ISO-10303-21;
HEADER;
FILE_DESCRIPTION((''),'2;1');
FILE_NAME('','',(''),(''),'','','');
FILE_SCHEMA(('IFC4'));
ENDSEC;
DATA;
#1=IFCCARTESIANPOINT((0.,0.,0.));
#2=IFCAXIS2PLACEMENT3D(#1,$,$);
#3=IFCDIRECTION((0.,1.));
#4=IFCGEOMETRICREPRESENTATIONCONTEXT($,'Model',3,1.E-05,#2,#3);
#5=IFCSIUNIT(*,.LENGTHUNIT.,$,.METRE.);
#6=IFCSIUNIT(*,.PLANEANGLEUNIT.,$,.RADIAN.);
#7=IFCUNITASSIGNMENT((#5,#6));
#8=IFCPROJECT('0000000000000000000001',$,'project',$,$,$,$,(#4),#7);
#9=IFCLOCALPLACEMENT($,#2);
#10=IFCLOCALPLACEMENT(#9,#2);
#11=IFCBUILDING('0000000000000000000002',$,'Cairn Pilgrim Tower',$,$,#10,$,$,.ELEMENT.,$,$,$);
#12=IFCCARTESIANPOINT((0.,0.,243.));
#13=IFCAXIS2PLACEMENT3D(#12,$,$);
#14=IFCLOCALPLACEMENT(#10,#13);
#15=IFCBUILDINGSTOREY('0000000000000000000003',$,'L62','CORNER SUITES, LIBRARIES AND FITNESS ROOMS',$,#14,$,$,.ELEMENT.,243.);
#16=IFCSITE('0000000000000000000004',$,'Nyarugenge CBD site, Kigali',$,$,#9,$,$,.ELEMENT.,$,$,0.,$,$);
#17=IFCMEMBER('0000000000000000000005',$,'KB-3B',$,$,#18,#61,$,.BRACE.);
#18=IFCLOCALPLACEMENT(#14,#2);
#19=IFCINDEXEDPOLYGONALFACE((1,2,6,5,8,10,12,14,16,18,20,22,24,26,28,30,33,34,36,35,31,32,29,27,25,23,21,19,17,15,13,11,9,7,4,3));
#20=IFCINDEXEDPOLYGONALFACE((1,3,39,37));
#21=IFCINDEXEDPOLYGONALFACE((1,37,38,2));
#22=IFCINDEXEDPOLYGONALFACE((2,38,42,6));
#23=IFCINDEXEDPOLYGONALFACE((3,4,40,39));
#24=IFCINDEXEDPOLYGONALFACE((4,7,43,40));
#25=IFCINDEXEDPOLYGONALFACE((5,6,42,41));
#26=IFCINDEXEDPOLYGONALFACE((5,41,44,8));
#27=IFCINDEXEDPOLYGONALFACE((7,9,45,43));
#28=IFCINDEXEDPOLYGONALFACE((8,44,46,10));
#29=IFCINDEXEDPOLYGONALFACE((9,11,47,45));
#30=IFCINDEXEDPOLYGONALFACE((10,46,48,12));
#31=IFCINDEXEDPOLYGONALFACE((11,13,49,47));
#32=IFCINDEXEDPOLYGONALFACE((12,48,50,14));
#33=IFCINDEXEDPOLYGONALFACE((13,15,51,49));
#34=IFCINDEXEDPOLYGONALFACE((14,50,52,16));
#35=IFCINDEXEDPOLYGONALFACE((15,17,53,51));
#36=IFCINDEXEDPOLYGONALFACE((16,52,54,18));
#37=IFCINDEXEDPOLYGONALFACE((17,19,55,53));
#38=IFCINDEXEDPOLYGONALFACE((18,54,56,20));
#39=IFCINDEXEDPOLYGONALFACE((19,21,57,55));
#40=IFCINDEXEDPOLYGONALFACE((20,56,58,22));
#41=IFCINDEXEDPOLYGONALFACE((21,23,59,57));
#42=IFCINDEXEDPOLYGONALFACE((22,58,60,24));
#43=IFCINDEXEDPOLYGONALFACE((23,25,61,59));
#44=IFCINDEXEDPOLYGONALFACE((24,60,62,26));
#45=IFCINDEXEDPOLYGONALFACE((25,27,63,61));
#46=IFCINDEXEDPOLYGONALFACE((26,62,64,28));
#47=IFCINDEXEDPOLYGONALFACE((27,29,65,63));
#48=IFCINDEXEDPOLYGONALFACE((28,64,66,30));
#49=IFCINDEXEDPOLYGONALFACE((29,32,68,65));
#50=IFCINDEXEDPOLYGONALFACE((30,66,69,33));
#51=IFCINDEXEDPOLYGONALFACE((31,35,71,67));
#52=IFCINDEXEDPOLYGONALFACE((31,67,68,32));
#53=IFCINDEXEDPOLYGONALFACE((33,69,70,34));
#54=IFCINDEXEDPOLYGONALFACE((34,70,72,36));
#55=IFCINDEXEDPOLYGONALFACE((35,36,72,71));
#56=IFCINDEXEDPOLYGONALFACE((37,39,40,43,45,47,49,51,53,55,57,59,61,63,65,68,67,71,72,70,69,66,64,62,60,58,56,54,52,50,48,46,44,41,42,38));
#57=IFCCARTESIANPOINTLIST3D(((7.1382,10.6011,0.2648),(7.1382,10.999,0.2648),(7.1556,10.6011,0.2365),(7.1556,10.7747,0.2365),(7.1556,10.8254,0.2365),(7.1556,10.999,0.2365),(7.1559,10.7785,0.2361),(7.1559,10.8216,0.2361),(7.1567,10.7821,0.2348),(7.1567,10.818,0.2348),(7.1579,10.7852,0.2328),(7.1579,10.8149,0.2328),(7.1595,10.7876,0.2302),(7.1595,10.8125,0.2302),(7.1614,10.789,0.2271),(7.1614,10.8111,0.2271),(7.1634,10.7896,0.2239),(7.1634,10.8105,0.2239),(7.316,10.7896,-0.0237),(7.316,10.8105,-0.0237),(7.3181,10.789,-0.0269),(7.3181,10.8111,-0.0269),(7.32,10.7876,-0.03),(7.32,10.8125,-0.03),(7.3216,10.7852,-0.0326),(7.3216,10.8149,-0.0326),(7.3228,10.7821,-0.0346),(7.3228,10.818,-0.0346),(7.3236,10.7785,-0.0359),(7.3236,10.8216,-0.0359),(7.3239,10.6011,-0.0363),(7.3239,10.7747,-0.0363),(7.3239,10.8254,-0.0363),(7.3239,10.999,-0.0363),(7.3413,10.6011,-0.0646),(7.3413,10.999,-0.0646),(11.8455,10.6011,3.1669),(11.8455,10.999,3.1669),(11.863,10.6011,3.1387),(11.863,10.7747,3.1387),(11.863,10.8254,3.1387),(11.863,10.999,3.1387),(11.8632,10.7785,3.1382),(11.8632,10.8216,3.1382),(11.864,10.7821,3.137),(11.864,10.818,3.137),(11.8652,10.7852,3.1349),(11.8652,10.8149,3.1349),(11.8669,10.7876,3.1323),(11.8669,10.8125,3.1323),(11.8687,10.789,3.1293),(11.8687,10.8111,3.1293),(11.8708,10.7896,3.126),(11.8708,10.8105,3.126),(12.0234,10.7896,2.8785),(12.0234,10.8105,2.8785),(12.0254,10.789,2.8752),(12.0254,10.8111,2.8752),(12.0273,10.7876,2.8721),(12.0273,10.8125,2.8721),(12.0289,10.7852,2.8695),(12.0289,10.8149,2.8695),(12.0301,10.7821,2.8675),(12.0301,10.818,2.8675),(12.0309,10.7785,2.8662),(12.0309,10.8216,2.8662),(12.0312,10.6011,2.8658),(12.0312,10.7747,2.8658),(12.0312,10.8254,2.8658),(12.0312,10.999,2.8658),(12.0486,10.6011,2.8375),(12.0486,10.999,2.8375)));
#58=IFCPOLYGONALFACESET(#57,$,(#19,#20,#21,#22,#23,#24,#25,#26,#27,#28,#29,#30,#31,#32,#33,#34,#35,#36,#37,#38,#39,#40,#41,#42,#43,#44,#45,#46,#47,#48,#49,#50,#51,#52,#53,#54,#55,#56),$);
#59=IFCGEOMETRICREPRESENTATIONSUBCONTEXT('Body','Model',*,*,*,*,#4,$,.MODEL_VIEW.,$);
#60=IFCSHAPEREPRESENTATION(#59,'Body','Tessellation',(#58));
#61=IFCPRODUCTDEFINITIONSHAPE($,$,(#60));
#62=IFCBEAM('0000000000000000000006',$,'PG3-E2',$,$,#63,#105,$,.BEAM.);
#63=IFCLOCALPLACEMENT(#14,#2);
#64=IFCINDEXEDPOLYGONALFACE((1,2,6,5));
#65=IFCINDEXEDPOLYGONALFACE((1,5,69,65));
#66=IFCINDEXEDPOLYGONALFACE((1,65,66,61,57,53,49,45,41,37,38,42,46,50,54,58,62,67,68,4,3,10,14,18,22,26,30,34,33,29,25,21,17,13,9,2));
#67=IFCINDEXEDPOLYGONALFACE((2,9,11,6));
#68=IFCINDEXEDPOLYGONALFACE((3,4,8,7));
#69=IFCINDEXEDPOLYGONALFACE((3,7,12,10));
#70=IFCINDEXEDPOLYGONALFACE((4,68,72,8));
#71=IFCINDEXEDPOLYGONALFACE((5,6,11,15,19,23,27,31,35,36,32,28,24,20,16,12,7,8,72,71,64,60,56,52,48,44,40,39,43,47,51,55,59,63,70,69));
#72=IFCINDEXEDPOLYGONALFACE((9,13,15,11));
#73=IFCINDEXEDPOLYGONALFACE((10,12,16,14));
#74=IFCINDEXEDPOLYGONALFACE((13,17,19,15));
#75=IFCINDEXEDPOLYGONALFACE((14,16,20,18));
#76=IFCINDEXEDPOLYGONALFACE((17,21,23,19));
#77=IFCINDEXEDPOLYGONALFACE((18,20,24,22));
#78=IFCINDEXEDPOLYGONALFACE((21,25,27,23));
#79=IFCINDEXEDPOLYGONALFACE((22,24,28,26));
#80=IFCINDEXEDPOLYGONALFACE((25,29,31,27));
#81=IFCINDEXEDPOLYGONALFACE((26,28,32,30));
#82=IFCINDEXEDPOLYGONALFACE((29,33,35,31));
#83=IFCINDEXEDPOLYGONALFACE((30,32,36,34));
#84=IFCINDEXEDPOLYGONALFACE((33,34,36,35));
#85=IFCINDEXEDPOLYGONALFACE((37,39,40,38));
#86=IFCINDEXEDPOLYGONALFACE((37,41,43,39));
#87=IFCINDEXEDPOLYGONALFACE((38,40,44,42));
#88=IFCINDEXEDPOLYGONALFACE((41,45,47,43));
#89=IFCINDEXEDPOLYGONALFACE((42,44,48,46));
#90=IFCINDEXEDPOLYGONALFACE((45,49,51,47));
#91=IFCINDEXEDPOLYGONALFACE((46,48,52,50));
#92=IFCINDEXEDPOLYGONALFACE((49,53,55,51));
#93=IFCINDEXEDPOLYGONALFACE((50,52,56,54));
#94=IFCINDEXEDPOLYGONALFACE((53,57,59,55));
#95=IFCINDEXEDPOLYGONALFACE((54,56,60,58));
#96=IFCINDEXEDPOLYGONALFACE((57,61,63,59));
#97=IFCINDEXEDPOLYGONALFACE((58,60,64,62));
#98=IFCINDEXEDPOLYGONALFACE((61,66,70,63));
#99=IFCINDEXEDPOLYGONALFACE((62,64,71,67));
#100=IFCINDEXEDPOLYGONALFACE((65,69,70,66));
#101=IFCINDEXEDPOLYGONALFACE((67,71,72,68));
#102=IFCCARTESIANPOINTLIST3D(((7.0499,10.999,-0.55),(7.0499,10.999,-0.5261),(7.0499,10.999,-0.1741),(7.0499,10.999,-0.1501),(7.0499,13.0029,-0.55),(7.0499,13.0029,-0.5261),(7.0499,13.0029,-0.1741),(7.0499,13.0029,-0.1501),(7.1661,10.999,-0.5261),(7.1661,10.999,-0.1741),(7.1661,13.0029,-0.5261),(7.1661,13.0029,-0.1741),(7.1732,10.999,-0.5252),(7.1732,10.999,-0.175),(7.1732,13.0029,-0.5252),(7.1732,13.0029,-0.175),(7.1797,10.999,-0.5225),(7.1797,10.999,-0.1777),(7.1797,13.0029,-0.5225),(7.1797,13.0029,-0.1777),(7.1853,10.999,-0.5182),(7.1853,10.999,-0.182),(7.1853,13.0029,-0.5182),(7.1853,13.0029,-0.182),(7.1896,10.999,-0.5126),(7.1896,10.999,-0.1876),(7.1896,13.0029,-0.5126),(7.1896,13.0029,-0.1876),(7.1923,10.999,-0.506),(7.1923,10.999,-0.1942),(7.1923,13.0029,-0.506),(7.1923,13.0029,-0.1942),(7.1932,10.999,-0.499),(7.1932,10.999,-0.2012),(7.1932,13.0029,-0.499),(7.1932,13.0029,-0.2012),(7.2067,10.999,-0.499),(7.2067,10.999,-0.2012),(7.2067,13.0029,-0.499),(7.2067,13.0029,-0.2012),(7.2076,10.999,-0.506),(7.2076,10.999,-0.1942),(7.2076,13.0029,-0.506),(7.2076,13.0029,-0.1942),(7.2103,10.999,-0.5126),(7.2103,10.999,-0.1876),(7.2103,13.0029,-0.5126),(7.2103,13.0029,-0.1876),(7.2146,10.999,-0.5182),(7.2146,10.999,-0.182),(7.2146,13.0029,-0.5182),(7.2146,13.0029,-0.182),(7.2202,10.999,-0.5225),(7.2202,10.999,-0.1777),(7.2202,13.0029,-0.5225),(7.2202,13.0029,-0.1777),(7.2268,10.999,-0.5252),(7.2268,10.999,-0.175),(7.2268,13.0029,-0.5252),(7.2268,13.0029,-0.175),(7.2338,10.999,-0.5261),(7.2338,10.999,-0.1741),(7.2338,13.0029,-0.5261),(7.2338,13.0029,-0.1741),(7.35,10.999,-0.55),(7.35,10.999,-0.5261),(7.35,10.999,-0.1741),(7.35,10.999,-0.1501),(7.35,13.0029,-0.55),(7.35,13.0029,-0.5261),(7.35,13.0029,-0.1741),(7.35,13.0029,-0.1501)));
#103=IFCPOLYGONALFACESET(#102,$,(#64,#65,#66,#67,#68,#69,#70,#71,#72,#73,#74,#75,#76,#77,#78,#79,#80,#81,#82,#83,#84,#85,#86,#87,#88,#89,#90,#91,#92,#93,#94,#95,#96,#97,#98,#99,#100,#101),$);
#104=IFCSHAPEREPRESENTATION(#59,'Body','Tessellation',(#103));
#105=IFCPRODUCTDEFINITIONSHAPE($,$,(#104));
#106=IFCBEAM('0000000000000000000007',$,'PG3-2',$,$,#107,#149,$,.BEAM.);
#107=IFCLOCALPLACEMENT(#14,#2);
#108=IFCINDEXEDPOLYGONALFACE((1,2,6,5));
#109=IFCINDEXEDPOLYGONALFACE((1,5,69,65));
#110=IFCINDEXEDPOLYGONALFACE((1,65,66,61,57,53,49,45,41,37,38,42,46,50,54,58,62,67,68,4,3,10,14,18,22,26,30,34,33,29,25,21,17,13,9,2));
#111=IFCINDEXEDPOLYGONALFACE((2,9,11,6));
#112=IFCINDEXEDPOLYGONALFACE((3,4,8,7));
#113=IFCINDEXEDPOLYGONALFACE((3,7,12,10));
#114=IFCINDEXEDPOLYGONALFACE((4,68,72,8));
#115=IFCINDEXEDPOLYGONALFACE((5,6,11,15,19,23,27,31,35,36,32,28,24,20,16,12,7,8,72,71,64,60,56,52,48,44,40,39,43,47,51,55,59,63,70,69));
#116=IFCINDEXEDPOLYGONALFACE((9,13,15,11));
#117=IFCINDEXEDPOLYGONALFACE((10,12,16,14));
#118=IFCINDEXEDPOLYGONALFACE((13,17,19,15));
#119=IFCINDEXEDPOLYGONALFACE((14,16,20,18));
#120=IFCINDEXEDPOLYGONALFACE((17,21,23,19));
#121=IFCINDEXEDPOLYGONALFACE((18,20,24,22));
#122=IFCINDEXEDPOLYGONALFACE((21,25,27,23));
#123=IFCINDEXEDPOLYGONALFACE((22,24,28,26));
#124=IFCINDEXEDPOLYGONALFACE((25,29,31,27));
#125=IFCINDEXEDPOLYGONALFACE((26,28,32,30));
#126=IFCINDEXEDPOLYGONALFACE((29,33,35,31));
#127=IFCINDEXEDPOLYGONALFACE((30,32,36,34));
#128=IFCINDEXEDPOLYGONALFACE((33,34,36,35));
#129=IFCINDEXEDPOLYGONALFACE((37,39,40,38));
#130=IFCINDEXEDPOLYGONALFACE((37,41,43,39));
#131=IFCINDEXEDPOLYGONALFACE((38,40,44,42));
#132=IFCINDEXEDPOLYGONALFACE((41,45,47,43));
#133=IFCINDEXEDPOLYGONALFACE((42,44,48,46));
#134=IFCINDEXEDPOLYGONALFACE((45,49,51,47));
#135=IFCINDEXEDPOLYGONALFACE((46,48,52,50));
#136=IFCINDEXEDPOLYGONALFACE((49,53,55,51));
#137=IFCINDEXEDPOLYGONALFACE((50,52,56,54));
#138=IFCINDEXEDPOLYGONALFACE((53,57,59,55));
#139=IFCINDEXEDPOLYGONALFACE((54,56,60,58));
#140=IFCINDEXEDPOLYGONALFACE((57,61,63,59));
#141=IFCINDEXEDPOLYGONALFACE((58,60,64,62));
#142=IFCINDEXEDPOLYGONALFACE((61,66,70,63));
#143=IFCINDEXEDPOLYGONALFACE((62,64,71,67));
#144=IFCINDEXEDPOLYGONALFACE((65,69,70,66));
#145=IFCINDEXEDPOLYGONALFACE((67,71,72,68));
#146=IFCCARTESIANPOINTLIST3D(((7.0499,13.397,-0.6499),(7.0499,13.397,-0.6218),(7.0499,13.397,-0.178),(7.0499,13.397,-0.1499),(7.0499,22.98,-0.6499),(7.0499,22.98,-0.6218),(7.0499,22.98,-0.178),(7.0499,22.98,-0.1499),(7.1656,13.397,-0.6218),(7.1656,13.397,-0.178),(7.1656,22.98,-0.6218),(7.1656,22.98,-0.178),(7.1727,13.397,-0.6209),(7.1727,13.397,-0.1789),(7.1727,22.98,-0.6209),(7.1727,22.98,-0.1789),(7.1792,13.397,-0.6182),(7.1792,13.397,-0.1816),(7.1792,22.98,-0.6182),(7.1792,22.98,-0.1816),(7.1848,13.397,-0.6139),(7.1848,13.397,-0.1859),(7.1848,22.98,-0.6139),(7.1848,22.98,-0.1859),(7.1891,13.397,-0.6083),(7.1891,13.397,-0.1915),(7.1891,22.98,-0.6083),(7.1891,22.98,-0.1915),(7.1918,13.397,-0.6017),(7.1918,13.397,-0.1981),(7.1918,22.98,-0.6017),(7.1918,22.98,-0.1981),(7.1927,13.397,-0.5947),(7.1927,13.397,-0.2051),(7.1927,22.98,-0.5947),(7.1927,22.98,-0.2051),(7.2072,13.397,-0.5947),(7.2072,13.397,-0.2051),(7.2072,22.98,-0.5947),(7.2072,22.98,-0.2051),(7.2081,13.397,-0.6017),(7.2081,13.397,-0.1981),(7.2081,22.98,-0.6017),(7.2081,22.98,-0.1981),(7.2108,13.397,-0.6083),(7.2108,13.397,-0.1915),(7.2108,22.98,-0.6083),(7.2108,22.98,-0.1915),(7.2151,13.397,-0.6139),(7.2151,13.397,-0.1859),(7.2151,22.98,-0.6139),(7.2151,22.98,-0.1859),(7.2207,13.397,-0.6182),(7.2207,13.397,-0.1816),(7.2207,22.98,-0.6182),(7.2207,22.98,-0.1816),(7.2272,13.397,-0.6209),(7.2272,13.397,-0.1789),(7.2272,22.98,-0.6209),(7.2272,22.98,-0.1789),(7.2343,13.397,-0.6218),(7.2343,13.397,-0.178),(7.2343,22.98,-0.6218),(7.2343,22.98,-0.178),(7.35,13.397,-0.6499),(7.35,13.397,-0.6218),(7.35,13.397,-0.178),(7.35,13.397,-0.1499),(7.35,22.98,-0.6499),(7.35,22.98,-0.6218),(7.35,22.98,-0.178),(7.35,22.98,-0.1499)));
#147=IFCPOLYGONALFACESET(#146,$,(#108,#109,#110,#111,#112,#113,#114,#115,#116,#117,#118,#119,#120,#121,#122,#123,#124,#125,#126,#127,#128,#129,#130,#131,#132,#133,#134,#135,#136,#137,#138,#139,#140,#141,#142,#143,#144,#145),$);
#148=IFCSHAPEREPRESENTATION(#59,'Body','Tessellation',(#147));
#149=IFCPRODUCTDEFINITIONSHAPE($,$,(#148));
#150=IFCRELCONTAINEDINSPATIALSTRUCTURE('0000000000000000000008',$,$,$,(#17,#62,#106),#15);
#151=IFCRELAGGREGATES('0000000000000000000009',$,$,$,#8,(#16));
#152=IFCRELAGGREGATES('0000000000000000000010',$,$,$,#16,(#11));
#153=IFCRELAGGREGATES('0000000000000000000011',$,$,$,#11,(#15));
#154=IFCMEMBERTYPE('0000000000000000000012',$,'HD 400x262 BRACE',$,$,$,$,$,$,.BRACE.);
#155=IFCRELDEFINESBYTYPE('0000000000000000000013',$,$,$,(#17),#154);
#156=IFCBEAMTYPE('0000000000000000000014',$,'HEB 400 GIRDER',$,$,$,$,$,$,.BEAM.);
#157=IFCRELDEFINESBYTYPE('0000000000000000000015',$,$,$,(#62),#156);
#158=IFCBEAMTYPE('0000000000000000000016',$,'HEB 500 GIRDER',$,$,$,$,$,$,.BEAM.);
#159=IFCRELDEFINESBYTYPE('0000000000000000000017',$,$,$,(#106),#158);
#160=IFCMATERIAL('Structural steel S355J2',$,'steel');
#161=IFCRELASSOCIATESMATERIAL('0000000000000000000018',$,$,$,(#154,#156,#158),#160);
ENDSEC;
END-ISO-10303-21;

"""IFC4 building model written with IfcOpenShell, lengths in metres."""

from ifc_helpers import new_model, si_unit, direction, frame, origin, origin_2d, place, context, subcontext, project, spatial, i_section, extrude, material, material_profile, profile_set, type_object, element, save


model = new_model("IFC4")

# Units and contexts
model_context = context("Model", 3, precision=1e-05, world=origin(), true_north=direction((0.0, 1.0)))
body_context = subcontext(model_context, "Body", "Model", "MODEL_VIEW")
ifc_project = project(units=[si_unit("LENGTHUNIT", "METRE"), si_unit("PLANEANGLEUNIT", "RADIAN")], contexts=[model_context])

# Site, building, storey
site_placement = place(None, origin())
site = spatial("IfcSite", under=ifc_project, at=site_placement, Name="Nyarugenge CBD site, Kigali", CompositionType="ELEMENT", RefElevation=0.0)
building_placement = place(site_placement, origin())
building = spatial("IfcBuilding", under=site, at=building_placement, Name="Cairn Pilgrim Tower", CompositionType="ELEMENT")
storey_placement = place(building_placement, frame((0.0, 0.0, 243.0)))
storey = spatial("IfcBuildingStorey", under=building, at=storey_placement, Name="L62", Description="CORNER SUITES, LIBRARIES AND FITNESS ROOMS", CompositionType="ELEMENT", Elevation=243.0)

# Shared definitions
ifc_material_1 = material(Name="Structural steel S355J2", Category="steel")

# Member
ifc_material_profile_1 = material_profile(ifc_material_1, i_section(OverallWidth=0.3979, OverallDepth=0.387, WebThickness=0.021, FlangeThickness=0.0332, FilletRadius=0.0149, at=origin_2d()), Name="HD 400x262")
ifc_profile_set_1 = profile_set([ifc_material_profile_1], Name="Structural steel S355J2")
member_type_1 = type_object("IfcMemberType", Name="HD 400x262 BRACE", PredefinedType="BRACE", material=ifc_profile_set_1)
member_1_placement = place(storey_placement, frame((7.2397, 10.8, 0.1001), z_axis=(0.851229, 0.0, 0.524794), x_axis=(0.0, 1.0, 0.0)))
element("IfcMember", 1, at=member_1_placement, inside=storey, type_object=member_type_1, Name="KB-3B", PredefinedType="BRACE", context=body_context, shape_type="SweptSolid", body=[
    extrude(i_section(OverallWidth=0.3979, OverallDepth=0.387, WebThickness=0.021, FlangeThickness=0.0332, FilletRadius=0.0149, at=origin_2d()), origin(), (0.0, 0.0, 1.0), 5.53),
])

# Beams
ifc_material_profile_2 = material_profile(ifc_material_1, i_section(OverallWidth=0.3, OverallDepth=0.3999, WebThickness=0.0134, FlangeThickness=0.0239, FilletRadius=0.0271, at=origin_2d()), Name="HEB 400")
ifc_profile_set_2 = profile_set([ifc_material_profile_2], Name="Structural steel S355J2")
beam_type_1 = type_object("IfcBeamType", Name="HEB 400 GIRDER", PredefinedType="BEAM", material=ifc_profile_set_2)
beam_1_placement = place(storey_placement, frame((7.2, 10.999, -0.3501), z_axis=(0.0, 1.0, 0.0), x_axis=(-1.0, 0.0, 0.0)))
element("IfcBeam", 2, at=beam_1_placement, inside=storey, type_object=beam_type_1, Name="PG3-E2", PredefinedType="BEAM", context=body_context, shape_type="SweptSolid", body=[
    extrude(i_section(OverallWidth=0.3, OverallDepth=0.3999, WebThickness=0.0134, FlangeThickness=0.0239, FilletRadius=0.0271, at=origin_2d()), origin(), (0.0, 0.0, 1.0), 2.0039),
])
ifc_material_profile_3 = material_profile(ifc_material_1, i_section(OverallWidth=0.3, OverallDepth=0.5, WebThickness=0.0144, FlangeThickness=0.0281, FilletRadius=0.0271, at=origin_2d()), Name="HEB 500")
ifc_profile_set_3 = profile_set([ifc_material_profile_3], Name="Structural steel S355J2")
beam_type_2 = type_object("IfcBeamType", Name="HEB 500 GIRDER", PredefinedType="BEAM", material=ifc_profile_set_3)
beam_2_placement = place(storey_placement, frame((7.2, 13.397, -0.3999), z_axis=(0.0, 1.0, 0.0), x_axis=(-1.0, 0.0, 0.0)))
element("IfcBeam", 3, at=beam_2_placement, inside=storey, type_object=beam_type_2, Name="PG3-2", PredefinedType="BEAM", context=body_context, shape_type="SweptSolid", body=[
    extrude(i_section(OverallWidth=0.3, OverallDepth=0.5, WebThickness=0.0144, FlangeThickness=0.0281, FilletRadius=0.0271, at=origin_2d()), origin(), (0.0, 0.0, 1.0), 9.583),
])

save(model, "model.ifc")
